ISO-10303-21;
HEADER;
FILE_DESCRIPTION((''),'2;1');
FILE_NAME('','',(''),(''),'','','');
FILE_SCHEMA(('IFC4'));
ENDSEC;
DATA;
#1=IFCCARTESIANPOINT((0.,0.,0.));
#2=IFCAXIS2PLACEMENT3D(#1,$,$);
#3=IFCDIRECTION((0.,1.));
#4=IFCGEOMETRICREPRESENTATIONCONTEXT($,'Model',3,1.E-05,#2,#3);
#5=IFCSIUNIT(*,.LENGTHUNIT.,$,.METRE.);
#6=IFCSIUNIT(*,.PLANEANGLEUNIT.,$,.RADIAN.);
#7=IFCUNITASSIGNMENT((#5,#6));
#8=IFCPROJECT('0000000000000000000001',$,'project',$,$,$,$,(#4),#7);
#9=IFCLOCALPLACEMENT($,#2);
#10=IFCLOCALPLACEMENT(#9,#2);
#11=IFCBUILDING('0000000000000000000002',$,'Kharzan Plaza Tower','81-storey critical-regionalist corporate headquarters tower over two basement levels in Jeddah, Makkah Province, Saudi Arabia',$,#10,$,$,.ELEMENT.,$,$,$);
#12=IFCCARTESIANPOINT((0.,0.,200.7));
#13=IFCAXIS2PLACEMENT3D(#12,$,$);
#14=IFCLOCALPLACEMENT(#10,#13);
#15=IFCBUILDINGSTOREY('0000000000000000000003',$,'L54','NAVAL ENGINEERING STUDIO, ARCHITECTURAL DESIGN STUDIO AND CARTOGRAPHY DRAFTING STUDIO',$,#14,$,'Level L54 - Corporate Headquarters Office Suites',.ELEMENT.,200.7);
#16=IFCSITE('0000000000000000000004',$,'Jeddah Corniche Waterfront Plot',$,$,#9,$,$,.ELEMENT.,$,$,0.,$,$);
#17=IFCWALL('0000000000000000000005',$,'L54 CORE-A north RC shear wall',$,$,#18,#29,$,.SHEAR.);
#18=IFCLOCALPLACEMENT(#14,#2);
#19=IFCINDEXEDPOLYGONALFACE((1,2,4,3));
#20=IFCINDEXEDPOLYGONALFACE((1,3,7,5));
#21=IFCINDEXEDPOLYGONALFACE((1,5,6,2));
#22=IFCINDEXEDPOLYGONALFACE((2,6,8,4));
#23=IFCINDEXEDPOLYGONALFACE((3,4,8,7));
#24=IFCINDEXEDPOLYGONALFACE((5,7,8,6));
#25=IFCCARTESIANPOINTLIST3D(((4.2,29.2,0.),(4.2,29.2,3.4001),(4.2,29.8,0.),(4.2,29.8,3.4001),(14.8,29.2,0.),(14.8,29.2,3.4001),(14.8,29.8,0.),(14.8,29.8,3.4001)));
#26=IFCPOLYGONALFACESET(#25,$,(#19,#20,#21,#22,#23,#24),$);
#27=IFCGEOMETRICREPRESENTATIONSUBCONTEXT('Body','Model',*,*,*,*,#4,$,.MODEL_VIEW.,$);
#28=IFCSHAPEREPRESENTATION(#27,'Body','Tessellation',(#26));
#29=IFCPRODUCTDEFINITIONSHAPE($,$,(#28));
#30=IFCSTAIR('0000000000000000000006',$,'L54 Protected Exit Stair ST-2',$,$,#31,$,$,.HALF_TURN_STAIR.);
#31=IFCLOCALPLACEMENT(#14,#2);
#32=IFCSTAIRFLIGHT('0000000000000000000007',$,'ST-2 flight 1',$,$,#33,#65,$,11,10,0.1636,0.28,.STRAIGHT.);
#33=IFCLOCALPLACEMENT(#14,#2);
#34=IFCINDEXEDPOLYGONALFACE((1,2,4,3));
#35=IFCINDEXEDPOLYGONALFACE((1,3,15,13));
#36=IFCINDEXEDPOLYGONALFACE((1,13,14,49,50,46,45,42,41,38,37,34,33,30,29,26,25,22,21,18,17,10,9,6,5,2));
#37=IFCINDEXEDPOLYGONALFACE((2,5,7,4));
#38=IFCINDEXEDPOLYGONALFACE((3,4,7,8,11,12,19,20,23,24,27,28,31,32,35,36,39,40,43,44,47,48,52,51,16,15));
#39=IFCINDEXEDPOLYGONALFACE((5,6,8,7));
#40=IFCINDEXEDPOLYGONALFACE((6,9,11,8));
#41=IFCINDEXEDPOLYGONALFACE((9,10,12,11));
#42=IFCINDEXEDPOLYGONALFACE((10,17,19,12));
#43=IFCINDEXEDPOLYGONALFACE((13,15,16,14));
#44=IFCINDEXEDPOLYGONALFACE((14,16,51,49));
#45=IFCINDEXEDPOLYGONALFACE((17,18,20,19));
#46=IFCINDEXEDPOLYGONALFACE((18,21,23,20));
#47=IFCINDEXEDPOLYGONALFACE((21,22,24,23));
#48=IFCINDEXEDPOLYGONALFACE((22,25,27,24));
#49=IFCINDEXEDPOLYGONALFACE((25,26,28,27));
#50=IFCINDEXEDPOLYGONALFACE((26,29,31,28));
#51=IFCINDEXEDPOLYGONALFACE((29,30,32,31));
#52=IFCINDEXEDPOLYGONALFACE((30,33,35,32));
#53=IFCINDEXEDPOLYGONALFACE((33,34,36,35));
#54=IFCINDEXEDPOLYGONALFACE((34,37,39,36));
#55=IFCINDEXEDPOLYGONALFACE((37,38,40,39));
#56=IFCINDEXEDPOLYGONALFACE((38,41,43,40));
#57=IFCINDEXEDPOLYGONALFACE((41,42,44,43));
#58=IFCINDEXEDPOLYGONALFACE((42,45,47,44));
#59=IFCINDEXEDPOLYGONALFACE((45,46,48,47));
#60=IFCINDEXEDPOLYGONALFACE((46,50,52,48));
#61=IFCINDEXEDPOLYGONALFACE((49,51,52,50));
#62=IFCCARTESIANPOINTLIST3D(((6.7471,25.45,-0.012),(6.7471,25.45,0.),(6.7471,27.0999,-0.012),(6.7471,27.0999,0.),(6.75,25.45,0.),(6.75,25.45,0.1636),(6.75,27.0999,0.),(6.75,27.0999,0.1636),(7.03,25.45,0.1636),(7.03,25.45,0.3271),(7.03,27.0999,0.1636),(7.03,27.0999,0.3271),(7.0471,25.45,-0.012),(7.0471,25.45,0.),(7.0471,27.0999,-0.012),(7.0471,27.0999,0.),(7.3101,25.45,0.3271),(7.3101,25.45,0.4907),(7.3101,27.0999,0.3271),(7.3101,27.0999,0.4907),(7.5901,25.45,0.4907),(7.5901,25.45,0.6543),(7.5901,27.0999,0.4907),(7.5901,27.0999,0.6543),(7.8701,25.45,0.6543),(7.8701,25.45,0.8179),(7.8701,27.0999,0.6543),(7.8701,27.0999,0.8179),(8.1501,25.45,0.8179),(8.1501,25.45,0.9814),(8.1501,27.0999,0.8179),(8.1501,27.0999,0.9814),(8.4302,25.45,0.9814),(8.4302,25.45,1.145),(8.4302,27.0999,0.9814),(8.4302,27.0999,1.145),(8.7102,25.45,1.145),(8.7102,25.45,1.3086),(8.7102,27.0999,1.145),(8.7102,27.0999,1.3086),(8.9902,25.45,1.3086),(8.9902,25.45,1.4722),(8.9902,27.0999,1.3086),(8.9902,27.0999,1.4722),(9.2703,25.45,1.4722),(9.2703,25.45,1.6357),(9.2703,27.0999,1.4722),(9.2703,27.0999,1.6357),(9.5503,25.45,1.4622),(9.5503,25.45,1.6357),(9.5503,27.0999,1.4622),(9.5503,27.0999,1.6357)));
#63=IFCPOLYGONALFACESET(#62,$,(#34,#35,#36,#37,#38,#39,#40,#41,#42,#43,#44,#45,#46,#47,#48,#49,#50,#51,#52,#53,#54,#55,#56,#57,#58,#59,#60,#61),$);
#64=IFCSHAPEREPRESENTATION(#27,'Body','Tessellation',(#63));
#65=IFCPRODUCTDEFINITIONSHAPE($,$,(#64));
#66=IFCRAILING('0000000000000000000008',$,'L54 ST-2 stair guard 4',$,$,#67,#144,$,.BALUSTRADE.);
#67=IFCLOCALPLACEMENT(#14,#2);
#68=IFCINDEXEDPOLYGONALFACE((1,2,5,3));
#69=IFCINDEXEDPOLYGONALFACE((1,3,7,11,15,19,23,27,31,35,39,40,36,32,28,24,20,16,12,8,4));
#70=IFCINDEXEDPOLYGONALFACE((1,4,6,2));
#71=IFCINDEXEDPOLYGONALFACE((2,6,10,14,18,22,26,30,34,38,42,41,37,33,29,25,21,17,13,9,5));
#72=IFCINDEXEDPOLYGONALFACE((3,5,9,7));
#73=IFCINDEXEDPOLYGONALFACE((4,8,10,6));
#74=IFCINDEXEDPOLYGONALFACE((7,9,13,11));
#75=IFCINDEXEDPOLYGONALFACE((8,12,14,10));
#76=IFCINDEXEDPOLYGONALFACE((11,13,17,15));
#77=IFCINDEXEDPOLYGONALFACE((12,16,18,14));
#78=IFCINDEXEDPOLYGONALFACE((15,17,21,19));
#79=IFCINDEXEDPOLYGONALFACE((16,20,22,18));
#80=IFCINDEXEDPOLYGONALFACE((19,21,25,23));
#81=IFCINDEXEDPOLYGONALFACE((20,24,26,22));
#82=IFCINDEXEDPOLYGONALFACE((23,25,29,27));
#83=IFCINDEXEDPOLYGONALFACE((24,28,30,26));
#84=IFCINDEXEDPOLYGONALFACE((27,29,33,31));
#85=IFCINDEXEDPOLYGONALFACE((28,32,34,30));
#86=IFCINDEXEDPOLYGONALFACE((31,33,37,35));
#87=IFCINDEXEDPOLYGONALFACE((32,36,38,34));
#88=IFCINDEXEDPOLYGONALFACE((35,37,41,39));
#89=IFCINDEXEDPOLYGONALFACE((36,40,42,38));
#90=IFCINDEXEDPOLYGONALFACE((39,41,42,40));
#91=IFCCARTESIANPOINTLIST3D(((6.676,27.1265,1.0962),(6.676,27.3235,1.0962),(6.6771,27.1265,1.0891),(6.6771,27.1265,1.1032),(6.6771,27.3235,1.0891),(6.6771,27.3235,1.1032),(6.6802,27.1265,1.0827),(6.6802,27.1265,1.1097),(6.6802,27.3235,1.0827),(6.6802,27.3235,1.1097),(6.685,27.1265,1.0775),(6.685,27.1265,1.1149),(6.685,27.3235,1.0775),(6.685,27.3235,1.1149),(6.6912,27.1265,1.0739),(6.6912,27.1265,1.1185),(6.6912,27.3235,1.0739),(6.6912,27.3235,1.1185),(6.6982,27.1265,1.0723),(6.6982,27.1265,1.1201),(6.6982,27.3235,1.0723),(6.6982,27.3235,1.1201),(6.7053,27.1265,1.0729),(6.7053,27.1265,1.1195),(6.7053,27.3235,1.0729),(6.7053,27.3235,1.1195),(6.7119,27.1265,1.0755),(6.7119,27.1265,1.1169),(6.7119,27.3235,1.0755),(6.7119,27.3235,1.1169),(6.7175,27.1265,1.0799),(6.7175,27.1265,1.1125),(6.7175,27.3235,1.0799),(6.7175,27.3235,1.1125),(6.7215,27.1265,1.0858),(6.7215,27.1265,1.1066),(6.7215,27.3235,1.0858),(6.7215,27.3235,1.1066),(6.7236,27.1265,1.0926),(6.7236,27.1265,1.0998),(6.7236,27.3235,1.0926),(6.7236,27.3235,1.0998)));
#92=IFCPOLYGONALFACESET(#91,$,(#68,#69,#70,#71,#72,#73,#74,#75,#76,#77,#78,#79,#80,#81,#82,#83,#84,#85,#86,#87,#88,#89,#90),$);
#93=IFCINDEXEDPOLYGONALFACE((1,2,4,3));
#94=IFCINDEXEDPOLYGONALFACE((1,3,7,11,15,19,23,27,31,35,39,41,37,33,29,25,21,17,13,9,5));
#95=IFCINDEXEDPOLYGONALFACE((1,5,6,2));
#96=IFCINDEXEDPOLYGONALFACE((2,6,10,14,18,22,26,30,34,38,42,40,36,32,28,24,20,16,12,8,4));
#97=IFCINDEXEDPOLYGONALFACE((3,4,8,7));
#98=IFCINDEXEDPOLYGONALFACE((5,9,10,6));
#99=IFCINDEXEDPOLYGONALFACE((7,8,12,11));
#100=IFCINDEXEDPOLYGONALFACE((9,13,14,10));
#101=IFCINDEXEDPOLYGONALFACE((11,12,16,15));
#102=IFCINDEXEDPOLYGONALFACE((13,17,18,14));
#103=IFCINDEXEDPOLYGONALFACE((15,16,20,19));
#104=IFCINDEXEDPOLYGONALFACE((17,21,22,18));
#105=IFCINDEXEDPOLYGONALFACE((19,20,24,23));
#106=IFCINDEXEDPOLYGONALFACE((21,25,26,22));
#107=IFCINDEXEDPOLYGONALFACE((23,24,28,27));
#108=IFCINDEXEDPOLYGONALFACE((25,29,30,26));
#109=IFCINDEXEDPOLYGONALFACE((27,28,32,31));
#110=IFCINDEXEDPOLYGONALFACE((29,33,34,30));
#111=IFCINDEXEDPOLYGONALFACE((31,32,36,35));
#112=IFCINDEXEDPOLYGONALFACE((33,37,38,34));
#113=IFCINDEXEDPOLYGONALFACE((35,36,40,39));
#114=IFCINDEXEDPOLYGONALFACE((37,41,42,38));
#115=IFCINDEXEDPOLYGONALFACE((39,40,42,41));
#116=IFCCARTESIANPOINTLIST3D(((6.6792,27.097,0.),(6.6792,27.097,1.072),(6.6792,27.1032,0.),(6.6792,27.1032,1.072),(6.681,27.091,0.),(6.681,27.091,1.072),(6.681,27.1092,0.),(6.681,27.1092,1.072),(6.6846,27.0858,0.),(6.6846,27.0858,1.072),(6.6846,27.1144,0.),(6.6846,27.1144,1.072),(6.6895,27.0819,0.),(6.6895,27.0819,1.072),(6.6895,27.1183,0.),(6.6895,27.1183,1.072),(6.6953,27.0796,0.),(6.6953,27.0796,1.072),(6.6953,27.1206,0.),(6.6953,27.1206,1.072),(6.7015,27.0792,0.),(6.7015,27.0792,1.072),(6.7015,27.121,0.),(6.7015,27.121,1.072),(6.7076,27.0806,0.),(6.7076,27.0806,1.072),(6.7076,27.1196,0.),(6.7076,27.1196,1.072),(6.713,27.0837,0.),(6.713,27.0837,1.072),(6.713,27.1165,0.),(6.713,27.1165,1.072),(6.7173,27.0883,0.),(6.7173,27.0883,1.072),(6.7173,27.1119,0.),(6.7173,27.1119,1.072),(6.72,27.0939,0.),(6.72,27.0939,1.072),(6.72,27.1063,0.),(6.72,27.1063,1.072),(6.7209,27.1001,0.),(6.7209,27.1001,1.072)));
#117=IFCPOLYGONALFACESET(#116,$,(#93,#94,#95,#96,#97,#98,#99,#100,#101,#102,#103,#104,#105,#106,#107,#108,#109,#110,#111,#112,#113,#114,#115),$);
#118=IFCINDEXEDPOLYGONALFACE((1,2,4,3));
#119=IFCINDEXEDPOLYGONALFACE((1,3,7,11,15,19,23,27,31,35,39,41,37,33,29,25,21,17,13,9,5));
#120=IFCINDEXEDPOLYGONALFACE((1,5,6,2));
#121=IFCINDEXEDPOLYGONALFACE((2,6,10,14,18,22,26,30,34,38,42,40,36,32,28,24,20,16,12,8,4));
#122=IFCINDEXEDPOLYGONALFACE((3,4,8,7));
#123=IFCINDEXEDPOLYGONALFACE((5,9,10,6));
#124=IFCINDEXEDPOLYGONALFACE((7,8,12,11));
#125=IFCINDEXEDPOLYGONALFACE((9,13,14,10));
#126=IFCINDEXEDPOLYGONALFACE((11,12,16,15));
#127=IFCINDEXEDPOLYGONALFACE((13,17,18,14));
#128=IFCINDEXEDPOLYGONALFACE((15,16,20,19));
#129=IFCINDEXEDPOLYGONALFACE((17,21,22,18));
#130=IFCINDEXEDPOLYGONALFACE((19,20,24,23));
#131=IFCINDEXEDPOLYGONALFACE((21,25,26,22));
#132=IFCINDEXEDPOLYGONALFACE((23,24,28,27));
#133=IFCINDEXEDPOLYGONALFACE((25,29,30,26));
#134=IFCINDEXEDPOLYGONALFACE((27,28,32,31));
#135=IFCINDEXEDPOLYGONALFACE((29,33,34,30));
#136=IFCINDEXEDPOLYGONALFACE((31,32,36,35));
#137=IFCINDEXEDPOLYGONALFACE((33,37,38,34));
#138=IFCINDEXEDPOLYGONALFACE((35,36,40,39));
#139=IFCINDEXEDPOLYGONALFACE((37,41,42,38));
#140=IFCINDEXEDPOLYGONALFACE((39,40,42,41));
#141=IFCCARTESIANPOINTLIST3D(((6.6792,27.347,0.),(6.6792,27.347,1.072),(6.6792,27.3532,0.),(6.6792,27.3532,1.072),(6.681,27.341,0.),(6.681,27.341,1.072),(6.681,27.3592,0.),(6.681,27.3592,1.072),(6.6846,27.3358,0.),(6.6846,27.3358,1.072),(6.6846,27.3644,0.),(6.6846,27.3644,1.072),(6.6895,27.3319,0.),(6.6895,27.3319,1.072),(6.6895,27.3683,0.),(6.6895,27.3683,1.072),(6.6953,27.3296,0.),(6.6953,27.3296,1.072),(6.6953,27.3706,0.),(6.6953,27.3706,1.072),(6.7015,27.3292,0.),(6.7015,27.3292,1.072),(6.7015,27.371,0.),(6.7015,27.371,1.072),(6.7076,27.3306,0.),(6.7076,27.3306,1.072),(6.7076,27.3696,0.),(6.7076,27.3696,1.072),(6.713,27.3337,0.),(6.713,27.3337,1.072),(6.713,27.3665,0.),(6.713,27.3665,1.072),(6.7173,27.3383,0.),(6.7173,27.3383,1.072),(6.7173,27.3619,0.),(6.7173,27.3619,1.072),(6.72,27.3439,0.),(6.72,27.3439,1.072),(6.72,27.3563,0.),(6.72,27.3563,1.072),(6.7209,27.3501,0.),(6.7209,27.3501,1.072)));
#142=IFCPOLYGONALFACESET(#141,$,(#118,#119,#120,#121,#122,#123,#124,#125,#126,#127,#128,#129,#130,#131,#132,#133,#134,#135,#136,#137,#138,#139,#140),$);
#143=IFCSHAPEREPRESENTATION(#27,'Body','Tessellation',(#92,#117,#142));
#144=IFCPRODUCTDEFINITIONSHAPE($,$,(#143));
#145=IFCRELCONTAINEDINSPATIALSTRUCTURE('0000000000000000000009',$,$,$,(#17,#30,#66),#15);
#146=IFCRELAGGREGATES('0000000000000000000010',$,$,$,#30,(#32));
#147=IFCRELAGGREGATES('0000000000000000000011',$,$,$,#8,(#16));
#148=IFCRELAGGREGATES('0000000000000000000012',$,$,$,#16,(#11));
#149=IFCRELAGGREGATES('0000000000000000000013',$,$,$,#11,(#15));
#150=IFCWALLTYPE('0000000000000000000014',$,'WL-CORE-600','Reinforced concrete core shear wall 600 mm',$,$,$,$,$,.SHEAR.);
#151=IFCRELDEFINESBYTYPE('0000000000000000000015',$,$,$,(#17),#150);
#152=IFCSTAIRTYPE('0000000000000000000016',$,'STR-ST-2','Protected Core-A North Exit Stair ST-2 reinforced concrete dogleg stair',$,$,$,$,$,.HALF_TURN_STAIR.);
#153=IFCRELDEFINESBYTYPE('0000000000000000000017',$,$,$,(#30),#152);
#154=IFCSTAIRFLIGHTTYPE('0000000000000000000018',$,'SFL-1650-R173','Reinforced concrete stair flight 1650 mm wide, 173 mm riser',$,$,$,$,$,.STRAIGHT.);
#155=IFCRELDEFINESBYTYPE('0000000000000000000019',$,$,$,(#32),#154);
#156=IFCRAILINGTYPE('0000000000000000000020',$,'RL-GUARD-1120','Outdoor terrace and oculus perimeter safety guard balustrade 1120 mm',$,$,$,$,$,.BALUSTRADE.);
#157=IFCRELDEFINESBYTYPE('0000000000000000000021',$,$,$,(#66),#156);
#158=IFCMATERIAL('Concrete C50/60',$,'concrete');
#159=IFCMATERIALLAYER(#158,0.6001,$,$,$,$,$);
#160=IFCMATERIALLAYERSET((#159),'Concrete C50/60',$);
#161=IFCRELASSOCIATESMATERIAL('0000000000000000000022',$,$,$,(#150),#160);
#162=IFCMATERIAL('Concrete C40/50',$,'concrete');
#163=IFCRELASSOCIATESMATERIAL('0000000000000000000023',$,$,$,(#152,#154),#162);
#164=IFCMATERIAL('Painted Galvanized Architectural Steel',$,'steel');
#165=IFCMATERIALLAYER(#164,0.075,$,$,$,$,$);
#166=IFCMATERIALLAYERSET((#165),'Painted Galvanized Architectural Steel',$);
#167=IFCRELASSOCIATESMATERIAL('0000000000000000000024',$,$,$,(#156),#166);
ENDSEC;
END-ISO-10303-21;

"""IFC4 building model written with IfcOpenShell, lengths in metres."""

from ifc_helpers import new_model, si_unit, direction, frame, frame_2d, origin, origin_2d, place, context, subcontext, project, spatial, polyline, rectangle, circle, outline, extrude, source, transform, mapped, material, layer, layer_set, type_object, element, aggregate, save


model = new_model("IFC4")

# Units and contexts
model_context = context("Model", 3, precision=1e-05, world=origin(), true_north=direction((0.0, 1.0)))
body_context = subcontext(model_context, "Body", "Model", "MODEL_VIEW")
ifc_project = project(units=[si_unit("LENGTHUNIT", "METRE"), si_unit("PLANEANGLEUNIT", "RADIAN")], contexts=[model_context])

# Site, building, storey
site_placement = place(None, origin())
site = spatial("IfcSite", under=ifc_project, at=site_placement, Name="Jeddah Corniche Waterfront Plot", CompositionType="ELEMENT", RefElevation=0.0)
building_placement = place(site_placement, origin())
building = spatial("IfcBuilding", under=site, at=building_placement, Name="Kharzan Plaza Tower", Description="81-storey critical-regionalist corporate headquarters tower over two basement levels in Jeddah, Makkah Province, Saudi Arabia", CompositionType="ELEMENT")
storey_placement = place(building_placement, frame((0.0, 0.0, 200.7)))
storey = spatial("IfcBuildingStorey", under=building, at=storey_placement, Name="L54", Description="NAVAL ENGINEERING STUDIO, ARCHITECTURAL DESIGN STUDIO AND CARTOGRAPHY DRAFTING STUDIO", LongName="Level L54 - Corporate Headquarters Office Suites", CompositionType="ELEMENT", Elevation=200.7)

# Shared definitions
ifc_material_1 = material(Name="Concrete C50/60", Category="concrete")

# Shared definitions
ifc_material_2 = material(Name="Concrete C40/50", Category="concrete")

# Wall
ifc_layer_1 = layer(ifc_material_1, 0.6001)
ifc_layer_set_1 = layer_set([ifc_layer_1], Name="Concrete C50/60")
wall_type_1 = type_object("IfcWallType", Name="WL-CORE-600", Description="Reinforced concrete core shear wall 600 mm", PredefinedType="SHEAR", material=ifc_layer_set_1)
shared_shape_1 = source(origin(), body_context, "Body", "SweptSolid", [
    extrude(rectangle(XDim=10.6001, YDim=0.6001, at=frame_2d((5.3, 0.0))), origin(), (0.0, 0.0, 1.0), 3.4001),
])
wall_1_placement = place(storey_placement, frame((4.2, 29.5, 0.0), z_axis=(0.0, 0.0, 1.0), x_axis=(1.0, 0.0, 0.0)))
element("IfcWall", 1, at=wall_1_placement, inside=storey, type_object=wall_type_1, Name="L54 CORE-A north RC shear wall", PredefinedType="SHEAR", context=body_context, shape_type="MappedRepresentation", body=[
    mapped(shared_shape_1, transform((0.0, 0.0, 0.0), x_axis=(1.0, 0.0, 0.0), y_axis=(0.0, 1.0, 0.0), z_axis=(0.0, 0.0, 1.0))),
])

# Stair, stair flight
stair_type = type_object("IfcStairType", Name="STR-ST-2", Description="Protected Core-A North Exit Stair ST-2 reinforced concrete dogleg stair", PredefinedType="HALF_TURN_STAIR", material=ifc_material_2)
stair_placement = place(storey_placement, origin())
stair = element("IfcStair", 2, at=stair_placement, inside=storey, type_object=stair_type, Name="L54 Protected Exit Stair ST-2", PredefinedType="HALF_TURN_STAIR")
stair_flight_type = type_object("IfcStairFlightType", Name="SFL-1650-R173", Description="Reinforced concrete stair flight 1650 mm wide, 173 mm riser", PredefinedType="STRAIGHT", material=ifc_material_2)
shared_shape_2 = source(origin(), body_context, "Body", "SweptSolid", [
    extrude(outline(polyline([(-0.0029, -0.012), (-0.0029, 0.0), (0.0, 0.0), (0.0, 0.1636), (0.28, 0.1636), (0.28, 0.3271), (0.5601, 0.3271), (0.5601, 0.4907), (0.8401, 0.4907), (0.8401, 0.6543), (1.1201, 0.6543), (1.1201, 0.8179), (1.4001, 0.8179), (1.4001, 0.9814), (1.6802, 0.9814), (1.6802, 1.145), (1.9602, 1.145), (1.9602, 1.3086), (2.2402, 1.3086), (2.2402, 1.4722), (2.5203, 1.4722), (2.5203, 1.6357), (2.8003, 1.6357), (2.8003, 1.7993), (2.8003, 1.4622), (0.2971, 0.0), (0.2971, -0.012), (-0.0029, -0.012)])), frame((0.0, 0.825, 0.0), z_axis=(0.0, -1.0, 0.0), x_axis=(1.0, 0.0, 0.0)), (0.0, 0.0, 1.0), 1.6499),
])
stair_flight_placement = place(storey_placement, frame((6.75, 26.2749, 0.0), z_axis=(0.0, 0.0, 1.0), x_axis=(1.0, 0.0, 0.0)))
stair_flight = element("IfcStairFlight", 3, at=stair_flight_placement, type_object=stair_flight_type, Name="ST-2 flight 1", NumberOfRisers=11, NumberOfTreads=10, PredefinedType="STRAIGHT", RiserHeight=0.1636, TreadLength=0.28, context=body_context, shape_type="MappedRepresentation", body=[
    mapped(shared_shape_2, transform((0.0, 0.0, 0.0), x_axis=(1.0, 0.0, 0.0), y_axis=(0.0, 1.0, 0.0), z_axis=(0.0, 0.0, 1.0))),
])
aggregate(stair, [stair_flight])

# Railing
ifc_material_3 = material(Name="Painted Galvanized Architectural Steel", Category="steel")
ifc_layer_2 = layer(ifc_material_3, 0.075)
ifc_layer_set_2 = layer_set([ifc_layer_2], Name="Painted Galvanized Architectural Steel")
railing_type_1 = type_object("IfcRailingType", Name="RL-GUARD-1120", Description="Outdoor terrace and oculus perimeter safety guard balustrade 1120 mm", PredefinedType="BALUSTRADE", material=ifc_layer_set_2)
shared_shape_3 = source(origin(), body_context, "Body", "SweptSolid", [
    extrude(circle(Radius=0.0239, at=origin_2d()), frame((0.0, 0.0264, 1.0962), z_axis=(0.0, 1.0, 0.0), x_axis=(-1.0, 0.0, 0.0)), (0.0, 0.0, 1.0), 0.197),
    extrude(circle(Radius=0.021, at=origin_2d()), origin(), (0.0, 0.0, 1.0), 1.072),
    extrude(circle(Radius=0.021, at=origin_2d()), frame((0.0, 0.25, 0.0)), (0.0, 0.0, 1.0), 1.072),
])
railing_1_placement = place(storey_placement, frame((6.7, 27.1001, 0.0)))
element("IfcRailing", 4, at=railing_1_placement, inside=storey, type_object=railing_type_1, Name="L54 ST-2 stair guard 4", PredefinedType="BALUSTRADE", context=body_context, shape_type="MappedRepresentation", body=[
    mapped(shared_shape_3, transform((0.0, 0.0, 0.0), x_axis=(1.0, 0.0, 0.0), y_axis=(0.0, 1.0, 0.0), z_axis=(0.0, 0.0, 1.0))),
])

save(model, "model.ifc")
